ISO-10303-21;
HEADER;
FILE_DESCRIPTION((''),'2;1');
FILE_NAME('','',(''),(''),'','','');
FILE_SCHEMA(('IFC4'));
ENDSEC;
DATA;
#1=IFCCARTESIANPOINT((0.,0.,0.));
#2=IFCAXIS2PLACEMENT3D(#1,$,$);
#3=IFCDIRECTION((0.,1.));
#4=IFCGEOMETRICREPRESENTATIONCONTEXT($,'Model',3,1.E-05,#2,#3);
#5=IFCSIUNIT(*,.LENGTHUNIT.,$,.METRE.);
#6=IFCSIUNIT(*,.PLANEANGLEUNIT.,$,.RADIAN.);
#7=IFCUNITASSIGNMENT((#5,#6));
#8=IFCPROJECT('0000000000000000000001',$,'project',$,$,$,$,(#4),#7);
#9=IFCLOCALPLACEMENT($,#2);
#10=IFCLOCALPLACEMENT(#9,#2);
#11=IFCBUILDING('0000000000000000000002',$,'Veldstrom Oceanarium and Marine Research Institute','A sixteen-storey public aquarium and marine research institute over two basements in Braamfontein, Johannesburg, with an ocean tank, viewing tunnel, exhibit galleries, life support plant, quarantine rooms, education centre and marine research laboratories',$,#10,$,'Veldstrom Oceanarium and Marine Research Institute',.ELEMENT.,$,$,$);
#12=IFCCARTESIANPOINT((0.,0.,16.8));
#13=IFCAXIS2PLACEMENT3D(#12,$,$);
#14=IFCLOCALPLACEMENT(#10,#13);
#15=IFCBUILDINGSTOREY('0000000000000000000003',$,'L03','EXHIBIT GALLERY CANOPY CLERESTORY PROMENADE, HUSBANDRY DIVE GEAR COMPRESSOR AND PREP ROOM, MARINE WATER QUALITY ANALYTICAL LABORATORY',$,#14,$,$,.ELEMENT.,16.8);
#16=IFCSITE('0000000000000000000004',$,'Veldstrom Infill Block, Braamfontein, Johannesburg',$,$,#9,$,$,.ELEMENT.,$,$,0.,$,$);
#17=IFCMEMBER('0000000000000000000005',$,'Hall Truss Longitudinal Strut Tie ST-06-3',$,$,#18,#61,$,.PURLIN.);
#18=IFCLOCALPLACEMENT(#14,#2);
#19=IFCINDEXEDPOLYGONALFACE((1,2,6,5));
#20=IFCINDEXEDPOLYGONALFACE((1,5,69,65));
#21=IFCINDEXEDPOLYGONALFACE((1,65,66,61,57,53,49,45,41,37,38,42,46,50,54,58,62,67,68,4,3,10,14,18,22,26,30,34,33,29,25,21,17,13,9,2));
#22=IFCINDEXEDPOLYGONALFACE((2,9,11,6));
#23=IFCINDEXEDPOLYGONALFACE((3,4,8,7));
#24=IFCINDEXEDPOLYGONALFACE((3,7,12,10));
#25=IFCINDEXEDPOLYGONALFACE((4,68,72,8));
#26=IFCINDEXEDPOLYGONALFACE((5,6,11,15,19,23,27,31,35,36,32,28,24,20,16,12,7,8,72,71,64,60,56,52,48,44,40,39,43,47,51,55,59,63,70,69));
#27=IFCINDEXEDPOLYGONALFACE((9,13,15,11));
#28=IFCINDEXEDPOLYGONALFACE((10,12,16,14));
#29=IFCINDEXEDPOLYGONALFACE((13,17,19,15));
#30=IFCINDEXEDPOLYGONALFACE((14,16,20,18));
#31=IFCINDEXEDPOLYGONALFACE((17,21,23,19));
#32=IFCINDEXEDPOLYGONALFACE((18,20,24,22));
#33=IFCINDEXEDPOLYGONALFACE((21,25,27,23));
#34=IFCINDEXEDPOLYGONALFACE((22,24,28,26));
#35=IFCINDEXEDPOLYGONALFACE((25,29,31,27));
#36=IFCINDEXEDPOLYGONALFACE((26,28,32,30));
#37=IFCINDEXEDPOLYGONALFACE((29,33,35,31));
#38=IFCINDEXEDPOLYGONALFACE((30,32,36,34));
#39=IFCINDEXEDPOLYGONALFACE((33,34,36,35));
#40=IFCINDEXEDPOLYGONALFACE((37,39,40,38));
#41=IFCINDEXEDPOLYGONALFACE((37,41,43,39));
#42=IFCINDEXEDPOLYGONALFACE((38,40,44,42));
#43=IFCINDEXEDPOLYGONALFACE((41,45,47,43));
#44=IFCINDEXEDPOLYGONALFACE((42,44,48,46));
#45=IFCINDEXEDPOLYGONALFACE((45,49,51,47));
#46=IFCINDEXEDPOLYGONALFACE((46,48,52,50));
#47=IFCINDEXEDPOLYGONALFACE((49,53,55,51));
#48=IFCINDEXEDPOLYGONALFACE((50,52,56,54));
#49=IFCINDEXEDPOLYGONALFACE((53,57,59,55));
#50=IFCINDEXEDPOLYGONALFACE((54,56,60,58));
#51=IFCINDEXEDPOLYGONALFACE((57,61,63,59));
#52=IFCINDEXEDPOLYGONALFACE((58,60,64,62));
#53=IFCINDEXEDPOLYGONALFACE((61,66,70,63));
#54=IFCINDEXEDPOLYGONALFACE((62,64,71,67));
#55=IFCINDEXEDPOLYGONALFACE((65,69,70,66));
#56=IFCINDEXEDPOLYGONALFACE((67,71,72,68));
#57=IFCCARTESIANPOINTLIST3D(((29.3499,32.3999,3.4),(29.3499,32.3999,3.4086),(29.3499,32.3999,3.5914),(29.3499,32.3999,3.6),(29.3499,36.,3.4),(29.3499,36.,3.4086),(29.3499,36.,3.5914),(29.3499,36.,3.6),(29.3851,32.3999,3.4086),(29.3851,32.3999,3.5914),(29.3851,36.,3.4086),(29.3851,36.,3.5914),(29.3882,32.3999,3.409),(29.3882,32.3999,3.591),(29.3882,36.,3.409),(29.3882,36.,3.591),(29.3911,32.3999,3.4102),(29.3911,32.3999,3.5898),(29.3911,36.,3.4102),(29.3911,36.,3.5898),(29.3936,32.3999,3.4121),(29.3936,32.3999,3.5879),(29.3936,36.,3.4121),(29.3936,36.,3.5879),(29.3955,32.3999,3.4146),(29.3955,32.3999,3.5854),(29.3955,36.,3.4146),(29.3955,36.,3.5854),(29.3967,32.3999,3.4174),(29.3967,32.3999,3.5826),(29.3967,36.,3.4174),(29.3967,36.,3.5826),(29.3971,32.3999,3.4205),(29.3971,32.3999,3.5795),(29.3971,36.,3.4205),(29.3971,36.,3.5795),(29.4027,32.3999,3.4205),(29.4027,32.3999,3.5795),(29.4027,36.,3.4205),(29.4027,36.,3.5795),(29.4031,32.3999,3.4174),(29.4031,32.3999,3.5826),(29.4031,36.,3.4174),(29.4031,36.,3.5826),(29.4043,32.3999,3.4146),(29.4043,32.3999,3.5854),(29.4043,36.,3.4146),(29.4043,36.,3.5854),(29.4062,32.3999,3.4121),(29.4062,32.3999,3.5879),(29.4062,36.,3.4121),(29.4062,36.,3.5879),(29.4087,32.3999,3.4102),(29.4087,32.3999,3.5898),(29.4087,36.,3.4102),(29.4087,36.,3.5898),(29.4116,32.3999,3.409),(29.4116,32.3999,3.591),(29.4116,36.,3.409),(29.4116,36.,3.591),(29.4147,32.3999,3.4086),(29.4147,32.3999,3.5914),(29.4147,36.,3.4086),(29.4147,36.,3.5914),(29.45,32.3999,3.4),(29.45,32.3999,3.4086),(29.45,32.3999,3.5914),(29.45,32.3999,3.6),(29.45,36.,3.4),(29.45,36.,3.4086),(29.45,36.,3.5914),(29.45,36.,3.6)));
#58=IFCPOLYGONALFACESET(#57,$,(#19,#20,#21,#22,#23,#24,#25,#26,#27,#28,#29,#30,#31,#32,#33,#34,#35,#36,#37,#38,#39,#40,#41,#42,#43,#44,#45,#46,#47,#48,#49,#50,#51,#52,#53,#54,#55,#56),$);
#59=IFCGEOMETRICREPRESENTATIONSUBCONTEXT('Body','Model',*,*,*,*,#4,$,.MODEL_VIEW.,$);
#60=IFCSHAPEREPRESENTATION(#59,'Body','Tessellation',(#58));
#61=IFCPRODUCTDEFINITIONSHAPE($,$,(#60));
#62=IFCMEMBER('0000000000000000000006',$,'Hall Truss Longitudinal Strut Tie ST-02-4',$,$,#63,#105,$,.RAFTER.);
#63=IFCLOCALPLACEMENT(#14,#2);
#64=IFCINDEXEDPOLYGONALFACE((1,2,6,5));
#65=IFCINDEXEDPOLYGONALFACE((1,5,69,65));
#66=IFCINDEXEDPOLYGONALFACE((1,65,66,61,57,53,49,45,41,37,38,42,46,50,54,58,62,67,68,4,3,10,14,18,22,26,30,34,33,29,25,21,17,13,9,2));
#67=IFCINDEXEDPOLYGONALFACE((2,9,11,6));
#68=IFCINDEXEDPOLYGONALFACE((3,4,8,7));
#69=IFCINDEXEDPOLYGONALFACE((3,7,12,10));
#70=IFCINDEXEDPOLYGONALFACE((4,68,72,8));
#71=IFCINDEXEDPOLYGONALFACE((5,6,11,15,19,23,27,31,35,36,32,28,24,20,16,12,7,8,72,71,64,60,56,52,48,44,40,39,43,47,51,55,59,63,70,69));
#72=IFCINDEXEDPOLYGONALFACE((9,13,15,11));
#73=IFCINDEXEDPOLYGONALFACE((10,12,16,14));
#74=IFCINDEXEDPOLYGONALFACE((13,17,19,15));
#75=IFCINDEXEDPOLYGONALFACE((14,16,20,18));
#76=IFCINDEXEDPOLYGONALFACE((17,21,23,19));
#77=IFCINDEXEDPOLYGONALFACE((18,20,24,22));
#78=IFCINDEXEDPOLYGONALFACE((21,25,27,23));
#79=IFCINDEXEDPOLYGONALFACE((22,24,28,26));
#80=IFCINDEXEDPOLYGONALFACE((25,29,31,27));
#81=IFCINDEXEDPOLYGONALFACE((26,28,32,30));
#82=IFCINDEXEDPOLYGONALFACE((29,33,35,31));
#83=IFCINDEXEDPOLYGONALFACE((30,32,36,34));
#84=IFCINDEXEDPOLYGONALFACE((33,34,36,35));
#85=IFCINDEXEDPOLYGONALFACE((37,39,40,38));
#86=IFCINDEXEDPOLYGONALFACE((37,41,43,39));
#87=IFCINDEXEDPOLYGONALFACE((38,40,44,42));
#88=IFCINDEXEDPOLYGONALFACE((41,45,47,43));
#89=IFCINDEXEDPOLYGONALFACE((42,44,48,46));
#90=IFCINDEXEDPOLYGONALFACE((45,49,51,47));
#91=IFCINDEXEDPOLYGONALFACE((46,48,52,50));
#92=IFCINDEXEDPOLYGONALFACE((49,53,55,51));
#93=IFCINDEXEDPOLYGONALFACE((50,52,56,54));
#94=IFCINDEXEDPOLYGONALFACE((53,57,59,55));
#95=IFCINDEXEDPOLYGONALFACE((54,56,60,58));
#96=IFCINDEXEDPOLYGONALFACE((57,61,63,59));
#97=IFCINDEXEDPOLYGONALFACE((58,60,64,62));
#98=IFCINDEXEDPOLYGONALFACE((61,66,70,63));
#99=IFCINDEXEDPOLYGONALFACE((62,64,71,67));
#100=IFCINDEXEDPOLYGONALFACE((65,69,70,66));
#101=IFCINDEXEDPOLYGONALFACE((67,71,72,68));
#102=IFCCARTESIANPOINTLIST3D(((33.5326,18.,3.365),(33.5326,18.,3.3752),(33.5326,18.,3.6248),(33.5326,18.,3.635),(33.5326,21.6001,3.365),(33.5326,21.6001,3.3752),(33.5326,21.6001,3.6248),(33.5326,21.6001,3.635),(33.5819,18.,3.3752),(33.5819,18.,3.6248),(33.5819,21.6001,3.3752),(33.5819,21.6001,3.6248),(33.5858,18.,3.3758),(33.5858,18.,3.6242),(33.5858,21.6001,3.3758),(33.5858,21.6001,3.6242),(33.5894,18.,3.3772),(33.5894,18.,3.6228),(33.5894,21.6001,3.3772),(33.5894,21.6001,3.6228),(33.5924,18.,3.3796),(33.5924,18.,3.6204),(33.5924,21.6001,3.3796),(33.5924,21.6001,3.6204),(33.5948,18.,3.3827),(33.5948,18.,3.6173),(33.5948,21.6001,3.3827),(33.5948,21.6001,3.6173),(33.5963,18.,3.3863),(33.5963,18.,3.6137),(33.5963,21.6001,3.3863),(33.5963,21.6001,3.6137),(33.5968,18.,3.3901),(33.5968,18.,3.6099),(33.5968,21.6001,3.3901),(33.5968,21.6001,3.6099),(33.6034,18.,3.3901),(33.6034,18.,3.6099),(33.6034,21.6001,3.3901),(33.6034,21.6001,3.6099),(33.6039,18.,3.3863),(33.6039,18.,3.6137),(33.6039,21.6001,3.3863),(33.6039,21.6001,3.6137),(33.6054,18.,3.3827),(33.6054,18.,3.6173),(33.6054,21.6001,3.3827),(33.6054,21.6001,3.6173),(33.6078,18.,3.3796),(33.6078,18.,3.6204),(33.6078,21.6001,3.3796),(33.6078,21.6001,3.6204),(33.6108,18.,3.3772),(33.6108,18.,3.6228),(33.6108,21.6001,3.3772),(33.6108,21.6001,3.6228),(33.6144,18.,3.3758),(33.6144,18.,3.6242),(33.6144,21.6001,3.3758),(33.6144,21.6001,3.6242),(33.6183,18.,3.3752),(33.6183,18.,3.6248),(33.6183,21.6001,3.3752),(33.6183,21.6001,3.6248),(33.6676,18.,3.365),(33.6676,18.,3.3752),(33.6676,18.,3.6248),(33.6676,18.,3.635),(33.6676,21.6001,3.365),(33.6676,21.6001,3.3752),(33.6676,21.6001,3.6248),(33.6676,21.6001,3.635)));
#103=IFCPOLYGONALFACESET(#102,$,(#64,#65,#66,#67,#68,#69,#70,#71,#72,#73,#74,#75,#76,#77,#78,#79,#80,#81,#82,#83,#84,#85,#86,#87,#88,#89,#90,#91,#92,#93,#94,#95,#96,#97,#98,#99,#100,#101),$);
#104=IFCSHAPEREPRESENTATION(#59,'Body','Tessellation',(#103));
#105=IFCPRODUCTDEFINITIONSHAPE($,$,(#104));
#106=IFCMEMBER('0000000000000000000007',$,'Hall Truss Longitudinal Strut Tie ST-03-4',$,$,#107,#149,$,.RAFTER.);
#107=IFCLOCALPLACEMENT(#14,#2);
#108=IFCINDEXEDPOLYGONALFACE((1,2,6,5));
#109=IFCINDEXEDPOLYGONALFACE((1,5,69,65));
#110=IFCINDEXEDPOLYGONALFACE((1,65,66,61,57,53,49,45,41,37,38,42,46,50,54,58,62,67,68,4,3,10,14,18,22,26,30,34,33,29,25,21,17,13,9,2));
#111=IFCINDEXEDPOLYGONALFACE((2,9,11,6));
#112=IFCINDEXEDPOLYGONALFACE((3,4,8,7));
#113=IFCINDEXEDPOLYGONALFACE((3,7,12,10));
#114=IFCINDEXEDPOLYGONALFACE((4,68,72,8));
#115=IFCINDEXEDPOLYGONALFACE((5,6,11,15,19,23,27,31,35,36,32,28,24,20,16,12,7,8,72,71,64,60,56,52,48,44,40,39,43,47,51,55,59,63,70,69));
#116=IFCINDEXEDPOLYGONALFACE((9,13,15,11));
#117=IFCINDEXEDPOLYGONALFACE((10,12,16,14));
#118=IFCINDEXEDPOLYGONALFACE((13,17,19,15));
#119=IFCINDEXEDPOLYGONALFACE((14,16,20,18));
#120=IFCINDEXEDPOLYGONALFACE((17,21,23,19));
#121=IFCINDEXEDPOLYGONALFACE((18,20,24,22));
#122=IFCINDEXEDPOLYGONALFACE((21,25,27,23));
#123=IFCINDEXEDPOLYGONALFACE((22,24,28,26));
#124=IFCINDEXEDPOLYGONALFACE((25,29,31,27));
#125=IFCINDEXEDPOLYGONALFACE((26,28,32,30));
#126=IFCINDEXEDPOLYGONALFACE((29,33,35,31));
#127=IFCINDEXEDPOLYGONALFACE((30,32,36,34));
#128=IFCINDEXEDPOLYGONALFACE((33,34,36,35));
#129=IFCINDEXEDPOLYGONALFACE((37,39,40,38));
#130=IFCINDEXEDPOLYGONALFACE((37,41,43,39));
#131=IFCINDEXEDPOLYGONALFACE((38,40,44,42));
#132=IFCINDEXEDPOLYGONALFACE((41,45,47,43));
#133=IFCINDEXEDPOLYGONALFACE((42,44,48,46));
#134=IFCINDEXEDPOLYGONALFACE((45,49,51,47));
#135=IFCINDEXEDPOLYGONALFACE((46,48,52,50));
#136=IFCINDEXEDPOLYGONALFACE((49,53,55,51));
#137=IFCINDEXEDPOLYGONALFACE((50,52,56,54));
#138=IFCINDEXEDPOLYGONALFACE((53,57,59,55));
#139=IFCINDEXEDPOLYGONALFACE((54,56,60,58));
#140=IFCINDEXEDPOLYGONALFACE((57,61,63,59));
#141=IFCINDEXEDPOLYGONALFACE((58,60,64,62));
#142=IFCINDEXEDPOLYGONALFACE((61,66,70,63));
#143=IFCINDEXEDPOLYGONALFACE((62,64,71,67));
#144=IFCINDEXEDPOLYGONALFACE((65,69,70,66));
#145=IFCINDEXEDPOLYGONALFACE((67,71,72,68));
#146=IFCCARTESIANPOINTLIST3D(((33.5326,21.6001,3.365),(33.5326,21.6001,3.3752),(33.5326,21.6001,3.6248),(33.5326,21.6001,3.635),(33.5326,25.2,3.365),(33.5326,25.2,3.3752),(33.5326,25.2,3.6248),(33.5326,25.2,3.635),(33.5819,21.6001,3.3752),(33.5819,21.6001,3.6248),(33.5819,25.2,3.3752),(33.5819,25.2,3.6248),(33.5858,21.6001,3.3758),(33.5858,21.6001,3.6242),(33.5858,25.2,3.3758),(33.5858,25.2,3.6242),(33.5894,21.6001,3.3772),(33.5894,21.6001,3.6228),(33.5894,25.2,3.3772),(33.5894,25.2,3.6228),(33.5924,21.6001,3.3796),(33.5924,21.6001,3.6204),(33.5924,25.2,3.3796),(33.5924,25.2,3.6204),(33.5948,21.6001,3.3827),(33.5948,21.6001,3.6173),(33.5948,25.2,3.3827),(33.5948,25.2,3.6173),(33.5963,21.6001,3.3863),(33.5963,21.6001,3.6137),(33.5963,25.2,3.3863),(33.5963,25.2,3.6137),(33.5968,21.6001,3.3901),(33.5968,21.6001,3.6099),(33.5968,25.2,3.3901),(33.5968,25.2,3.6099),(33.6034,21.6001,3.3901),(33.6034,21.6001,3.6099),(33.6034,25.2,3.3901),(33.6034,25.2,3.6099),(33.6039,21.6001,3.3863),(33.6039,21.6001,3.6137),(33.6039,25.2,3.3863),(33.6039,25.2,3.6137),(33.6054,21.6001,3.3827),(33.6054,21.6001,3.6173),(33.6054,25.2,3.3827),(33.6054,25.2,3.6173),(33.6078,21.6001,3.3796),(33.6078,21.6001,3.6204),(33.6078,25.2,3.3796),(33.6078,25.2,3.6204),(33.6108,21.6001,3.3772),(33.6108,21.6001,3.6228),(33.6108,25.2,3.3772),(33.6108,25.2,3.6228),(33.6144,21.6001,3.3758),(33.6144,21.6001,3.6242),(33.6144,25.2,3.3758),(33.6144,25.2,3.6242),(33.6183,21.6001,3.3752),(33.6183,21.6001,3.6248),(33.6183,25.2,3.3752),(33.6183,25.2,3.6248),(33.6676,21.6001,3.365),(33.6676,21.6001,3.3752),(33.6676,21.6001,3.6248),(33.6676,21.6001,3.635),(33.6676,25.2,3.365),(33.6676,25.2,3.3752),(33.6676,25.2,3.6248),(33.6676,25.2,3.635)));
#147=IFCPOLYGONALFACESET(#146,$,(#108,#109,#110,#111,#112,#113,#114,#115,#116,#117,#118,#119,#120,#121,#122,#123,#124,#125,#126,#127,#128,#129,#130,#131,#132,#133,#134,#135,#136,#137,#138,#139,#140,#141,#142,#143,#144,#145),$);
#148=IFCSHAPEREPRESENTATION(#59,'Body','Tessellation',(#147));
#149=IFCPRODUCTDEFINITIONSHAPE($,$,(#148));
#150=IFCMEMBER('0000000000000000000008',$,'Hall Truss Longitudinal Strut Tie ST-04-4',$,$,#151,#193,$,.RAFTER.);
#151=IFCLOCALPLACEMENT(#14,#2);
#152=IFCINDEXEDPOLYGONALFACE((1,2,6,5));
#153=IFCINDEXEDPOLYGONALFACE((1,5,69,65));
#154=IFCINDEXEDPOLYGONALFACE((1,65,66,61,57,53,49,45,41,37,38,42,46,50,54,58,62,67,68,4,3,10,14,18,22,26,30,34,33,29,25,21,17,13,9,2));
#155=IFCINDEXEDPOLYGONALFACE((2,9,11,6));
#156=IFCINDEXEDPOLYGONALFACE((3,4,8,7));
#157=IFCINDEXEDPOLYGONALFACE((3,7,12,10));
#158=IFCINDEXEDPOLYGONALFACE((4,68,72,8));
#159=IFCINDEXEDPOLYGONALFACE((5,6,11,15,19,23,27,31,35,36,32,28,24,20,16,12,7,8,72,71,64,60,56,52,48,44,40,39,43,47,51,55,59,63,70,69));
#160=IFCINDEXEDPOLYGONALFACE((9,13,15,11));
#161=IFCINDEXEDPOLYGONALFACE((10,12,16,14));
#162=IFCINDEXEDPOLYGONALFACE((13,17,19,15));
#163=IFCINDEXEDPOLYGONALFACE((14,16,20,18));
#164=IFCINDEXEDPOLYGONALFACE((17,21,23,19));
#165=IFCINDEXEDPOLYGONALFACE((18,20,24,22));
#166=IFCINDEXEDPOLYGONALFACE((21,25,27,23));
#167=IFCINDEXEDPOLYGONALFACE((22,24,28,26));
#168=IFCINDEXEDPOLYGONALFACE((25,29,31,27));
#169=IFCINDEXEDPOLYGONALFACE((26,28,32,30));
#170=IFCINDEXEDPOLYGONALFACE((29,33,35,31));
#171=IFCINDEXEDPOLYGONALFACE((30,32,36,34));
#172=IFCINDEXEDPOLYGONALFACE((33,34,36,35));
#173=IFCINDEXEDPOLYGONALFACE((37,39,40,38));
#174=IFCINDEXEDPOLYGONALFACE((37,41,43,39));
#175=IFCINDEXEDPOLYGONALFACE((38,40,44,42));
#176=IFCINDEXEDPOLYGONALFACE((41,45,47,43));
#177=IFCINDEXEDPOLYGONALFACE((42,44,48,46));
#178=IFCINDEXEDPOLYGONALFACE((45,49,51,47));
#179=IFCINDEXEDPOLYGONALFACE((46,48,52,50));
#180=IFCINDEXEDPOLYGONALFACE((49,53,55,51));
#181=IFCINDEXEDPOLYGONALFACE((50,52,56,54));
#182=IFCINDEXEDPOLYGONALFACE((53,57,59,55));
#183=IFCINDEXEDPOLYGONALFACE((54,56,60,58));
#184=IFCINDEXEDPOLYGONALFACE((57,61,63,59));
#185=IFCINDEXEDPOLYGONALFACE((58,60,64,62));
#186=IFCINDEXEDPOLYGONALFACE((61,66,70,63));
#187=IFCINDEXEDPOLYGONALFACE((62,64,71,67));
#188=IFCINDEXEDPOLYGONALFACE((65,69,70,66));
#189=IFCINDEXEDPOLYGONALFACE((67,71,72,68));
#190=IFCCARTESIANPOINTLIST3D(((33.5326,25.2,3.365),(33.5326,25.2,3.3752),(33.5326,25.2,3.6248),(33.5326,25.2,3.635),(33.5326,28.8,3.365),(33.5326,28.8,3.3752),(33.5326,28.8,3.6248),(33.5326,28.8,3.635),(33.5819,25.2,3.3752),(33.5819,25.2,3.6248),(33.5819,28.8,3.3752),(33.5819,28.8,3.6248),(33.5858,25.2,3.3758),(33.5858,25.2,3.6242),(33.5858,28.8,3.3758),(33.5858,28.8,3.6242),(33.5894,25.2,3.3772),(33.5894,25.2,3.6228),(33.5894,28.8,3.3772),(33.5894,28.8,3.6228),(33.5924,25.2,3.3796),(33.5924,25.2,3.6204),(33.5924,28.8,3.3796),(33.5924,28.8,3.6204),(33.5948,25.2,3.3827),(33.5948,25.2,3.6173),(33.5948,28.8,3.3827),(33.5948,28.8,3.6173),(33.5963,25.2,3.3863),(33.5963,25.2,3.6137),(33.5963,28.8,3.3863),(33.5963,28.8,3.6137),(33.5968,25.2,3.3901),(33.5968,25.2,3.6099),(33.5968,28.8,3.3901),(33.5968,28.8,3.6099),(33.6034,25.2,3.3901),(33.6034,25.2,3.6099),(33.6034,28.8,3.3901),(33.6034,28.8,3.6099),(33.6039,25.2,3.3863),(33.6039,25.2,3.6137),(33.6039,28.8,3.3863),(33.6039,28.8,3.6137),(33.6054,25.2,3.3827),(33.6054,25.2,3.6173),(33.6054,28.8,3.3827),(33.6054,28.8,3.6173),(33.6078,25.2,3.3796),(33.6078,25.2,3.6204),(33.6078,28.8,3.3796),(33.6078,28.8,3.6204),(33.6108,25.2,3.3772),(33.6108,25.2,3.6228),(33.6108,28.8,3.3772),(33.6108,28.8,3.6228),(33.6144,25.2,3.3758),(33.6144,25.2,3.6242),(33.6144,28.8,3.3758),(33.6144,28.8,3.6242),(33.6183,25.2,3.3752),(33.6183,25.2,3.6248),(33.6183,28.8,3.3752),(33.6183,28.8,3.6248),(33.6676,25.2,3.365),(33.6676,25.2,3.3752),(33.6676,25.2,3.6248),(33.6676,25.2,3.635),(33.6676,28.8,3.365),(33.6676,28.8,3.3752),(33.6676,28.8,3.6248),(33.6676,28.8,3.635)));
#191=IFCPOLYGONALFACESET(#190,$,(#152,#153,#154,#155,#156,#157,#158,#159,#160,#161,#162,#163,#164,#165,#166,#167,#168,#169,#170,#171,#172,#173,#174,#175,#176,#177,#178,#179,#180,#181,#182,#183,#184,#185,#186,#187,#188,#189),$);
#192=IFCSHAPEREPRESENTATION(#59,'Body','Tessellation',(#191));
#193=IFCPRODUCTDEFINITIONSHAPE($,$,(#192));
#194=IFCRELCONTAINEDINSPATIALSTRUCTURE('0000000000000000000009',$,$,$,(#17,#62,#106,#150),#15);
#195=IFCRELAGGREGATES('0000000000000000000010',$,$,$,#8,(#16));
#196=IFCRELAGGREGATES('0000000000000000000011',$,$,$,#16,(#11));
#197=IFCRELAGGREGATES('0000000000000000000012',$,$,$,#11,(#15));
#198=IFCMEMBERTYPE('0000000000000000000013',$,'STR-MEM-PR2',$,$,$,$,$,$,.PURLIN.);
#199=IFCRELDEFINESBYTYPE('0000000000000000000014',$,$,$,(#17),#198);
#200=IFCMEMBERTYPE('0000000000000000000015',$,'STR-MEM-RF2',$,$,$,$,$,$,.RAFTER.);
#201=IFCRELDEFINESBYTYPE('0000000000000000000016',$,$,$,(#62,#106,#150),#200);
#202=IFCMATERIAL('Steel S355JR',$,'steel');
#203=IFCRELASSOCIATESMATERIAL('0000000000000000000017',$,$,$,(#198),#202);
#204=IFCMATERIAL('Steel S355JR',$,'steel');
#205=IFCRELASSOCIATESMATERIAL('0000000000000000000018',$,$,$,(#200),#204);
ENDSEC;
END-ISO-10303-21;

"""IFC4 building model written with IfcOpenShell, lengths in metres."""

from ifc_helpers import new_model, si_unit, direction, frame, origin, origin_2d, place, context, subcontext, project, spatial, i_section, extrude, material, material_profile, profile_set, type_object, element, save


model = new_model("IFC4")

# Units and contexts
model_context = context("Model", 3, precision=1e-05, world=origin(), true_north=direction((0.0, 1.0)))
body_context = subcontext(model_context, "Body", "Model", "MODEL_VIEW")
ifc_project = project(units=[si_unit("LENGTHUNIT", "METRE"), si_unit("PLANEANGLEUNIT", "RADIAN")], contexts=[model_context])

# Site, building, storey
site_placement = place(None, origin())
site = spatial("IfcSite", under=ifc_project, at=site_placement, Name="Veldstrom Infill Block, Braamfontein, Johannesburg", CompositionType="ELEMENT", RefElevation=0.0)
building_placement = place(site_placement, origin())
building = spatial("IfcBuilding", under=site, at=building_placement, Name="Veldstrom Oceanarium and Marine Research Institute", Description="A sixteen-storey public aquarium and marine research institute over two basements in Braamfontein, Johannesburg, with an ocean tank, viewing tunnel, exhibit galleries, life support plant, quarantine rooms, education centre and marine research laboratories", LongName="Veldstrom Oceanarium and Marine Research Institute", CompositionType="ELEMENT")
storey_placement = place(building_placement, frame((0.0, 0.0, 16.8)))
storey = spatial("IfcBuildingStorey", under=building, at=storey_placement, Name="L03", Description="EXHIBIT GALLERY CANOPY CLERESTORY PROMENADE, HUSBANDRY DIVE GEAR COMPRESSOR AND PREP ROOM, MARINE WATER QUALITY ANALYTICAL LABORATORY", CompositionType="ELEMENT", Elevation=16.8)

# Members
ifc_material_1 = material(Name="Steel S355JR", Category="steel")
ifc_material_profile_1 = material_profile(ifc_material_1, i_section(OverallWidth=0.1001, OverallDepth=0.2, WebThickness=0.0056, FlangeThickness=0.0085, FilletRadius=0.012, at=origin_2d()), Name="IPE 200")
ifc_profile_set_1 = profile_set([ifc_material_profile_1], Name="Steel S355JR")
member_type_1 = type_object("IfcMemberType", Name="STR-MEM-PR2", PredefinedType="PURLIN", material=ifc_profile_set_1)
member_1_placement = place(storey_placement, frame((29.3999, 32.3999, 3.5), z_axis=(0.0, 1.0, 0.0), x_axis=(-1.0, 0.0, 0.0)))
element("IfcMember", 1, at=member_1_placement, inside=storey, type_object=member_type_1, Name="Hall Truss Longitudinal Strut Tie ST-06-3", PredefinedType="PURLIN", context=body_context, shape_type="SweptSolid", body=[
    extrude(i_section(OverallWidth=0.1001, OverallDepth=0.2, WebThickness=0.0056, FlangeThickness=0.0085, FilletRadius=0.012, at=origin_2d()), origin(), (0.0, 0.0, 1.0), 3.6001),
])
ifc_material_2 = material(Name="Steel S355JR", Category="steel")
ifc_material_profile_2 = material_profile(ifc_material_2, i_section(OverallWidth=0.135, OverallDepth=0.27, WebThickness=0.0066, FlangeThickness=0.0103, FilletRadius=0.0149, at=origin_2d()), Name="IPE 270")
ifc_profile_set_2 = profile_set([ifc_material_profile_2], Name="Steel S355JR")
member_type_2 = type_object("IfcMemberType", Name="STR-MEM-RF2", PredefinedType="RAFTER", material=ifc_profile_set_2)
member_2_placement = place(storey_placement, frame((33.6001, 18.0, 3.5), z_axis=(0.0, 1.0, 0.0), x_axis=(-1.0, 0.0, 0.0)))
element("IfcMember", 2, at=member_2_placement, inside=storey, type_object=member_type_2, Name="Hall Truss Longitudinal Strut Tie ST-02-4", PredefinedType="RAFTER", context=body_context, shape_type="SweptSolid", body=[
    extrude(i_section(OverallWidth=0.135, OverallDepth=0.27, WebThickness=0.0066, FlangeThickness=0.0103, FilletRadius=0.0149, at=origin_2d()), origin(), (0.0, 0.0, 1.0), 3.6001),
])
member_3_placement = place(storey_placement, frame((33.6001, 21.6001, 3.5), z_axis=(0.0, 1.0, 0.0), x_axis=(-1.0, 0.0, 0.0)))
element("IfcMember", 3, at=member_3_placement, inside=storey, type_object=member_type_2, Name="Hall Truss Longitudinal Strut Tie ST-03-4", PredefinedType="RAFTER", context=body_context, shape_type="SweptSolid", body=[
    extrude(i_section(OverallWidth=0.135, OverallDepth=0.27, WebThickness=0.0066, FlangeThickness=0.0103, FilletRadius=0.0149, at=origin_2d()), origin(), (0.0, 0.0, 1.0), 3.5999),
])
member_4_placement = place(storey_placement, frame((33.6001, 25.2, 3.5), z_axis=(0.0, 1.0, 0.0), x_axis=(-1.0, 0.0, 0.0)))
element("IfcMember", 4, at=member_4_placement, inside=storey, type_object=member_type_2, Name="Hall Truss Longitudinal Strut Tie ST-04-4", PredefinedType="RAFTER", context=body_context, shape_type="SweptSolid", body=[
    extrude(i_section(OverallWidth=0.135, OverallDepth=0.27, WebThickness=0.0066, FlangeThickness=0.0103, FilletRadius=0.0149, at=origin_2d()), origin(), (0.0, 0.0, 1.0), 3.6001),
])

save(model, "model.ifc")
